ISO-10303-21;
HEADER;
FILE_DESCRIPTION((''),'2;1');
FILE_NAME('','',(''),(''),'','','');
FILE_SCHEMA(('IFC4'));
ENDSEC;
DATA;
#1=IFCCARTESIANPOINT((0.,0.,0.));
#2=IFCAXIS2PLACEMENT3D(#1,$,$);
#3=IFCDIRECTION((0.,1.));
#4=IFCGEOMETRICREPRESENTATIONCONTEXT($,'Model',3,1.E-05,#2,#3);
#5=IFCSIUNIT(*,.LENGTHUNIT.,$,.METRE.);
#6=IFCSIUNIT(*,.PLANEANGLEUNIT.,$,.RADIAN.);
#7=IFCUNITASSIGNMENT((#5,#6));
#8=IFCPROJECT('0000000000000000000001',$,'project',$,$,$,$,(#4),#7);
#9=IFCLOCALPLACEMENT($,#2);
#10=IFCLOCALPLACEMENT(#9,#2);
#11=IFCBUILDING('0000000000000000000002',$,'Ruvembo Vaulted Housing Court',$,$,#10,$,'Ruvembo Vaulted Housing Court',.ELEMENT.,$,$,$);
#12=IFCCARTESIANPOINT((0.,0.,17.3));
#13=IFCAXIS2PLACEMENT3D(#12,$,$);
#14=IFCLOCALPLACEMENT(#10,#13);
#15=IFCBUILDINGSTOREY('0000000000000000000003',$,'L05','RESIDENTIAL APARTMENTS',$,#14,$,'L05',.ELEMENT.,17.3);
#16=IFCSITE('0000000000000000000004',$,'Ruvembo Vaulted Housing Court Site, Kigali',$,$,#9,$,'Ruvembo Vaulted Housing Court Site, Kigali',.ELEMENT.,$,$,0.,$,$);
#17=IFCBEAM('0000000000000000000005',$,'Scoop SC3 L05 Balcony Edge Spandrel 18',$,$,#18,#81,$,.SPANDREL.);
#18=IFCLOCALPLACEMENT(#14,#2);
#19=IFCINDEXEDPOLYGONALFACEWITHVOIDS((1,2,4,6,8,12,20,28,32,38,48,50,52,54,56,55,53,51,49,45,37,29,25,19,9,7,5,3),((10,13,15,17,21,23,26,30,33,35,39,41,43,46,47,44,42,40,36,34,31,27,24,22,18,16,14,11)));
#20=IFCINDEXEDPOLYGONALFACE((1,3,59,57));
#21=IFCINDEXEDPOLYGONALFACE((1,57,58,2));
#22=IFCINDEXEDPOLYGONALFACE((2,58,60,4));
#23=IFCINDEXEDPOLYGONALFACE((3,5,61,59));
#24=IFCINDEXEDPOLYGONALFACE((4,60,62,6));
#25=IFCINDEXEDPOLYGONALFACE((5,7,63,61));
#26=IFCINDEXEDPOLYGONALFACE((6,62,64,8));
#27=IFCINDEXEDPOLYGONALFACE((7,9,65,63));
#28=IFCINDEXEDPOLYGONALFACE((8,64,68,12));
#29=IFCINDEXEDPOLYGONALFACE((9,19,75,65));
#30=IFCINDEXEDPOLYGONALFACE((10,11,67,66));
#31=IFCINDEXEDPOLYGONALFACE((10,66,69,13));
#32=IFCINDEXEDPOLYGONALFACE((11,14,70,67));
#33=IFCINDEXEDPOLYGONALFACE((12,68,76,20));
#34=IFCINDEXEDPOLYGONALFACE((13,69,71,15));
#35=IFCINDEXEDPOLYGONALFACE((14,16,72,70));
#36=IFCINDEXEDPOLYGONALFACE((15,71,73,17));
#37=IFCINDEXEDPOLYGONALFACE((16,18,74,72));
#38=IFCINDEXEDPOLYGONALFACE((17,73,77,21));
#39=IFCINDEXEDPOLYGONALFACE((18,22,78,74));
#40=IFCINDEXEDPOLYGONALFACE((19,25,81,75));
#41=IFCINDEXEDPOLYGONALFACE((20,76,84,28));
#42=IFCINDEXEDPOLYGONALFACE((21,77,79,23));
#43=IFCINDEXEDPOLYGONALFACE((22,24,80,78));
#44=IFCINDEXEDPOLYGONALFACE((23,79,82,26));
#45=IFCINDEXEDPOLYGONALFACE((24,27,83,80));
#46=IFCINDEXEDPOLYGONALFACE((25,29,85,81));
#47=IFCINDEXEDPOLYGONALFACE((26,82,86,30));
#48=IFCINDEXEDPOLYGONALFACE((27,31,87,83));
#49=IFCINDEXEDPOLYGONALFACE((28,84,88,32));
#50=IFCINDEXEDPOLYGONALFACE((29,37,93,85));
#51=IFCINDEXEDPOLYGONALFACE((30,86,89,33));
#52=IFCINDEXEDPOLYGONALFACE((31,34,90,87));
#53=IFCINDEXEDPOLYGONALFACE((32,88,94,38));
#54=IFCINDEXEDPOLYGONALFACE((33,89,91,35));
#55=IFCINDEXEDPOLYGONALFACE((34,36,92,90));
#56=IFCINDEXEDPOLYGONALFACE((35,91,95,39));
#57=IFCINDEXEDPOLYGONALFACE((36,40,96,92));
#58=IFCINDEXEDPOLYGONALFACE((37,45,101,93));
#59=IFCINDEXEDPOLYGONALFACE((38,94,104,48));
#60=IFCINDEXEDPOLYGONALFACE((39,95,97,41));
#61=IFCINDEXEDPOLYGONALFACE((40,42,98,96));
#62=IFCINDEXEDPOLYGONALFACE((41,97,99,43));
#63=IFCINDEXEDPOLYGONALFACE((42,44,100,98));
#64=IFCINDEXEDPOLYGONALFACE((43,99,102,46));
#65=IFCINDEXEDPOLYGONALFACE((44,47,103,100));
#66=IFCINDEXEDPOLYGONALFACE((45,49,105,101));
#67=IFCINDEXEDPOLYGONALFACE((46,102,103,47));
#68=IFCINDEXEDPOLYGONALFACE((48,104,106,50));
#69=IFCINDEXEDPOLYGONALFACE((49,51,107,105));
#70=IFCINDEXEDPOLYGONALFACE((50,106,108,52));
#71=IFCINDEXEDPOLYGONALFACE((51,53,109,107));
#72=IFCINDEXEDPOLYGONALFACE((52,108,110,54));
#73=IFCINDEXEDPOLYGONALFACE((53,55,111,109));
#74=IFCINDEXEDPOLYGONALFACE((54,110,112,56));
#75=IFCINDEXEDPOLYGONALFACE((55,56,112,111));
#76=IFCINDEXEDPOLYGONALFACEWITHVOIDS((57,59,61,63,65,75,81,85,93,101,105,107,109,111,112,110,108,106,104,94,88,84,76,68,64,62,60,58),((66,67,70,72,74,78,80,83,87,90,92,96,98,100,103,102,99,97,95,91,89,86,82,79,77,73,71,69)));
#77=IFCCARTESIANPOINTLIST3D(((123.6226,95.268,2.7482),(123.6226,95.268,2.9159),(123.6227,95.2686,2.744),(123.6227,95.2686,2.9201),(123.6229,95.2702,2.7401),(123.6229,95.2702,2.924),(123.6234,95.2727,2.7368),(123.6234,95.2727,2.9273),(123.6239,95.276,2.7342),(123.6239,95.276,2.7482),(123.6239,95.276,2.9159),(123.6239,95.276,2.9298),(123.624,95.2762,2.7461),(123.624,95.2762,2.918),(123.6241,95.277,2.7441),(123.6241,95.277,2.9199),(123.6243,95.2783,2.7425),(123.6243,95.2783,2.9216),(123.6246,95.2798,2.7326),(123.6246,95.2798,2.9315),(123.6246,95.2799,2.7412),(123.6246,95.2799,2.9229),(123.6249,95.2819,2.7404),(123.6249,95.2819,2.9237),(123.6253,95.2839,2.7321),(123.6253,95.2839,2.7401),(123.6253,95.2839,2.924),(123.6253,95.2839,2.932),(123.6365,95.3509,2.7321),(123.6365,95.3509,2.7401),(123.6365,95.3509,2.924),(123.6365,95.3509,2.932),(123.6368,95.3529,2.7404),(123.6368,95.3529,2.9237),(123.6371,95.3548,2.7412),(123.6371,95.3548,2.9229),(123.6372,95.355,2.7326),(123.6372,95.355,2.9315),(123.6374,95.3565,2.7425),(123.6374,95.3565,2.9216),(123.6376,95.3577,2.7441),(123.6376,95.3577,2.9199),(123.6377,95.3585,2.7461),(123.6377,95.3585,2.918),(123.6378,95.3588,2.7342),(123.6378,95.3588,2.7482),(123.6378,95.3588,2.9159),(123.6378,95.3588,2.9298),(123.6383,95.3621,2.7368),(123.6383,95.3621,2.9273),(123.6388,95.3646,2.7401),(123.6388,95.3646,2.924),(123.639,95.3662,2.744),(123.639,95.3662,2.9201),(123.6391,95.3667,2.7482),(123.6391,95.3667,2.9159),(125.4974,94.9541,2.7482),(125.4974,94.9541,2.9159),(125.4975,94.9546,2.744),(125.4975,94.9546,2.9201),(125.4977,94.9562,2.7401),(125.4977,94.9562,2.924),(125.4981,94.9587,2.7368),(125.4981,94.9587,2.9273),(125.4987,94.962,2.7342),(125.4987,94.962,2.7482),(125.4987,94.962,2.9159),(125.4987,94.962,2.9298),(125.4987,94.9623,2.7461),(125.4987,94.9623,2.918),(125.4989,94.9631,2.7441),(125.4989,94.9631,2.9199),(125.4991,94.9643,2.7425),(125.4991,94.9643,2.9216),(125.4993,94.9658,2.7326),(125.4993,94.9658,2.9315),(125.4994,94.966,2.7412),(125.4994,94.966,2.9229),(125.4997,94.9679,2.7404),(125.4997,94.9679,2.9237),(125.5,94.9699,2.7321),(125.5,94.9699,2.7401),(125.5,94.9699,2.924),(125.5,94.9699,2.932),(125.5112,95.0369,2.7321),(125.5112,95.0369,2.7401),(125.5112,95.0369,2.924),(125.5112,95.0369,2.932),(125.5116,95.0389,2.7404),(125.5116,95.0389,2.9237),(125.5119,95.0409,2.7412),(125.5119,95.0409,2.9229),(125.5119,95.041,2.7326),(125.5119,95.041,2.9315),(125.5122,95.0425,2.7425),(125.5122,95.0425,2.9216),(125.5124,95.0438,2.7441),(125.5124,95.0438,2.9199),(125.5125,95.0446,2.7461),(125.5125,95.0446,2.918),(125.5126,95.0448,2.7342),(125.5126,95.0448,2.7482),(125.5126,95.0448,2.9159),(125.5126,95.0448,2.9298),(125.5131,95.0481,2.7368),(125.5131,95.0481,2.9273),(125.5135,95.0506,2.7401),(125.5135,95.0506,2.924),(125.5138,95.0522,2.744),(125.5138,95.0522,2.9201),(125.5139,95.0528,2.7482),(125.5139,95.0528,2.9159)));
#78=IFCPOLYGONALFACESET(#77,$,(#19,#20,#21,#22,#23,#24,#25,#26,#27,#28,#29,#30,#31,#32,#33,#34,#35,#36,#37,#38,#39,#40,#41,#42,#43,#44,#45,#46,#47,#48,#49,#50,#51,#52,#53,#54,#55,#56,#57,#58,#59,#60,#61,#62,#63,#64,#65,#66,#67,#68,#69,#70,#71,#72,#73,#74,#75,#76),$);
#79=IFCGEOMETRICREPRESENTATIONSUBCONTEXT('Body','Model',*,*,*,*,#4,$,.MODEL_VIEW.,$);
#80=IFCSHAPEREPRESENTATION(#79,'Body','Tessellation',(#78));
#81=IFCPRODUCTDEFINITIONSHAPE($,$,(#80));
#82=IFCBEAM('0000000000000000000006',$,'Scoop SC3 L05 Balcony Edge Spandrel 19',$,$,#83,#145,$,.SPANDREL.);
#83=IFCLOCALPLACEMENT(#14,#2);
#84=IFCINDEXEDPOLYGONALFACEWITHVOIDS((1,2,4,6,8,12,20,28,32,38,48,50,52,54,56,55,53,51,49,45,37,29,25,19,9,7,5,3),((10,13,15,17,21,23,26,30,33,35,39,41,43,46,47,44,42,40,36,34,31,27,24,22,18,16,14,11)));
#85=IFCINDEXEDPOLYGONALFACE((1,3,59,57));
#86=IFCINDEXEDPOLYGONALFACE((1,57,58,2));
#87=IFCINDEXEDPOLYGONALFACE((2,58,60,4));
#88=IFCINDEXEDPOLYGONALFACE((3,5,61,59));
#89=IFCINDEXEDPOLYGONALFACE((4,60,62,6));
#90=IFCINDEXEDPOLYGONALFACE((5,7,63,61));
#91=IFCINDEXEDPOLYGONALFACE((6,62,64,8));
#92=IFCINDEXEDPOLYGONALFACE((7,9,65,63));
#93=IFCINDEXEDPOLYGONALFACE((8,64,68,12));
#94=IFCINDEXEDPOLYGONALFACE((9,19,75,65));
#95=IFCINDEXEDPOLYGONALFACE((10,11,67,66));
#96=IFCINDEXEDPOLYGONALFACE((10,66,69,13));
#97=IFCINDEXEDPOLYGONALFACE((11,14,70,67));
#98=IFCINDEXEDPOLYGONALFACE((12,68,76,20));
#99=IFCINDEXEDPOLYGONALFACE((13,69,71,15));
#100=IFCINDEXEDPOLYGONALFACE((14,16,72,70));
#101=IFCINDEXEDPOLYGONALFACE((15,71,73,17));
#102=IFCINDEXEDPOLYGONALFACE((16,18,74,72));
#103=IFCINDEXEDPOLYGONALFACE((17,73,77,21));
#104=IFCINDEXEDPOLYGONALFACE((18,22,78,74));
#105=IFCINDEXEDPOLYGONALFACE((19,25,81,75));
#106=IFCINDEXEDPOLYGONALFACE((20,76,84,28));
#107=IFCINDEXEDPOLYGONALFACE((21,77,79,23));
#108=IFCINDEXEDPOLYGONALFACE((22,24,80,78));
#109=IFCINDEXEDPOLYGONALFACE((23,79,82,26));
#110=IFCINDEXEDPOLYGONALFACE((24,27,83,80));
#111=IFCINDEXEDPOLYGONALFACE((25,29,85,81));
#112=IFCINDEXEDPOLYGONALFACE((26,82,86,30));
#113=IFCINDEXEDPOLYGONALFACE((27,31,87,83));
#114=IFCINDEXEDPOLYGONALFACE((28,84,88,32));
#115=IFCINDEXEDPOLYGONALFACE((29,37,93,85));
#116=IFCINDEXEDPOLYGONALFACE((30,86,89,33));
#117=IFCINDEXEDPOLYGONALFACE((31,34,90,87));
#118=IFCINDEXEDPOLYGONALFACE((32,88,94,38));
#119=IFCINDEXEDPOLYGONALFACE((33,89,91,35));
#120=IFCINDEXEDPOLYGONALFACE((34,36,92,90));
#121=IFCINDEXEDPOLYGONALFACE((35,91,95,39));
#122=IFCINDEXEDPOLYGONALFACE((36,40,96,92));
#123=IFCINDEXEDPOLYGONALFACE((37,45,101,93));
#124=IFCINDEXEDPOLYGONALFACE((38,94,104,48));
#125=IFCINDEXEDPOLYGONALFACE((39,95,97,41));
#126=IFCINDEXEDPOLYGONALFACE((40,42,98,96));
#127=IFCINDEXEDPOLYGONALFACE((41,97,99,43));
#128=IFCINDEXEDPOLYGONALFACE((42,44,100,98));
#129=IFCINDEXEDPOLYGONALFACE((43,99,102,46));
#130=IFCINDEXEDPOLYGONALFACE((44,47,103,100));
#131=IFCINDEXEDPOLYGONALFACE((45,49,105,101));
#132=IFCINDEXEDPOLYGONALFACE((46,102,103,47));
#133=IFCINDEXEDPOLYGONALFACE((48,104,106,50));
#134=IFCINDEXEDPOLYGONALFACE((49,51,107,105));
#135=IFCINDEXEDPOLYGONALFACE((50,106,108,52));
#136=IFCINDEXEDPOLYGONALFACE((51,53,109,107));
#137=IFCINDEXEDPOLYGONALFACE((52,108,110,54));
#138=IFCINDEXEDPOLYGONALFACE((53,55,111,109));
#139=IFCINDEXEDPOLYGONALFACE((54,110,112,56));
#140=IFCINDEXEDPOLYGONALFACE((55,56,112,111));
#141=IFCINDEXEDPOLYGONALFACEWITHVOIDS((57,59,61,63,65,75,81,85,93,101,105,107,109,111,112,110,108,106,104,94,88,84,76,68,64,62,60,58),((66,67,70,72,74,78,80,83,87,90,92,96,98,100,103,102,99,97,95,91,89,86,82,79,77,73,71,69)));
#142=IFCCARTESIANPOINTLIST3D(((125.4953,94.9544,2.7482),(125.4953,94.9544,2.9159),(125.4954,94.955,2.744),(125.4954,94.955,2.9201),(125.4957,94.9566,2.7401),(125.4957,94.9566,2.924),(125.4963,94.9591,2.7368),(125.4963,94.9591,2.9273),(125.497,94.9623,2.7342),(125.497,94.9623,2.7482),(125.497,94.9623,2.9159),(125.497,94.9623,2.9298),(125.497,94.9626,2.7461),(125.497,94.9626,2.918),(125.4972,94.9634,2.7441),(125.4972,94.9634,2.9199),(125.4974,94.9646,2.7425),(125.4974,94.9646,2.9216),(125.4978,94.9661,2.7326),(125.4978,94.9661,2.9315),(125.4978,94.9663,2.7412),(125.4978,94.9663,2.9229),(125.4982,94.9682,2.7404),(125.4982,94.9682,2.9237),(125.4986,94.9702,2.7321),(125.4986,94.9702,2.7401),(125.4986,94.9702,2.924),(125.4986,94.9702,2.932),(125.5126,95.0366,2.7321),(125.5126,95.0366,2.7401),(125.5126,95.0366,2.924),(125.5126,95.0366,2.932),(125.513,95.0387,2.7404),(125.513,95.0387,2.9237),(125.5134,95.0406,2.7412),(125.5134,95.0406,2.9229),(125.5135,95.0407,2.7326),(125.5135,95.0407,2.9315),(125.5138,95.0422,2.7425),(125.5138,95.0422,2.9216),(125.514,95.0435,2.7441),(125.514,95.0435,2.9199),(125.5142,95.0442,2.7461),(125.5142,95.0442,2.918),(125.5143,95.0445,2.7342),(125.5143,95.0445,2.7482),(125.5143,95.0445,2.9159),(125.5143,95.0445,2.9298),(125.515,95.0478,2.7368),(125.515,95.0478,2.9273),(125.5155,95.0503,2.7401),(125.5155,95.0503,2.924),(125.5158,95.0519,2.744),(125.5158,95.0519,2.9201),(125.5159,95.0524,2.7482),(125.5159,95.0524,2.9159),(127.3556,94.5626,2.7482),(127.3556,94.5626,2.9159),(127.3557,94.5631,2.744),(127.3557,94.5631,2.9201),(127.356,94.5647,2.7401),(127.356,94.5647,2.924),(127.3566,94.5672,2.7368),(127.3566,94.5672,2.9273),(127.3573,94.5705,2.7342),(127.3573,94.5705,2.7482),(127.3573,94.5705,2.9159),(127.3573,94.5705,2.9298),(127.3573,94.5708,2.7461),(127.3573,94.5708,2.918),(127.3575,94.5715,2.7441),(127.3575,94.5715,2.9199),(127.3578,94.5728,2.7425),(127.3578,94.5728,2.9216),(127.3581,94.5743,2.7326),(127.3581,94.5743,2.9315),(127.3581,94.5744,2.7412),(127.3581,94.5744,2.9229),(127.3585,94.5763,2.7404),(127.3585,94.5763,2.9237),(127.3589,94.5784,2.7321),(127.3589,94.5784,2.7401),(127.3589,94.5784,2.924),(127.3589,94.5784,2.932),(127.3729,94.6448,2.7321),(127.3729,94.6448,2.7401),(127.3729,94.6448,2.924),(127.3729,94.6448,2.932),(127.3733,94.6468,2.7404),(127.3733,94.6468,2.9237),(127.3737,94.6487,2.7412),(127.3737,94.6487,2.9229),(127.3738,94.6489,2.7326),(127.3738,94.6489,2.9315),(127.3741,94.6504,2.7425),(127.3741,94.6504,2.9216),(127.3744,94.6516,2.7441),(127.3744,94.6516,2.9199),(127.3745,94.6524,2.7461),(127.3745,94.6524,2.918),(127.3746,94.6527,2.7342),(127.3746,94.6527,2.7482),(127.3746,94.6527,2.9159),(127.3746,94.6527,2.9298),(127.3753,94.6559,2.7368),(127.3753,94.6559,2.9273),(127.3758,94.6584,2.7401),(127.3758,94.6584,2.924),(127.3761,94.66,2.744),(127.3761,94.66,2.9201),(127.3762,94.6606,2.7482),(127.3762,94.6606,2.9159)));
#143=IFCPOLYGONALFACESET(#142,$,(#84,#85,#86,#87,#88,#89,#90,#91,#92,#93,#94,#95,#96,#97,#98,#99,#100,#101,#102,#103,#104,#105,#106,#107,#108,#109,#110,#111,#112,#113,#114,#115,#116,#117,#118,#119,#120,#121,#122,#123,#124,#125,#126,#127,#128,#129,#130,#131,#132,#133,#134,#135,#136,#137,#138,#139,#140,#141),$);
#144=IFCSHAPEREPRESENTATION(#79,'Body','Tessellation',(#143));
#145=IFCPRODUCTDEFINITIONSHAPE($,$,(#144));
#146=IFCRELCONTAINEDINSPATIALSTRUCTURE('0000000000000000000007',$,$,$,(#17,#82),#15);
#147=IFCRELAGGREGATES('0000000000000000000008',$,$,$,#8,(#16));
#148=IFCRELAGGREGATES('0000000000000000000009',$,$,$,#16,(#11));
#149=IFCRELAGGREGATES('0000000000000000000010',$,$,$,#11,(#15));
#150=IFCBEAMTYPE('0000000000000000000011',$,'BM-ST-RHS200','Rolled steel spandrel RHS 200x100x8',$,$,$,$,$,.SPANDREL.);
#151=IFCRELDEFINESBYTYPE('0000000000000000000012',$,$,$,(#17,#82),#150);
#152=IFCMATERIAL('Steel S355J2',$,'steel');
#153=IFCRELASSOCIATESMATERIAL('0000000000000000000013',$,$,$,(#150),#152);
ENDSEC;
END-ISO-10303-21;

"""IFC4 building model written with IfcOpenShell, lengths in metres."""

from ifc_helpers import new_model, si_unit, direction, frame, origin, origin_2d, place, context, subcontext, project, spatial, hollow_rectangle, extrude, material, material_profile, profile_set, type_object, element, save


model = new_model("IFC4")

# Units and contexts
model_context = context("Model", 3, precision=1e-05, world=origin(), true_north=direction((0.0, 1.0)))
body_context = subcontext(model_context, "Body", "Model", "MODEL_VIEW")
ifc_project = project(units=[si_unit("LENGTHUNIT", "METRE"), si_unit("PLANEANGLEUNIT", "RADIAN")], contexts=[model_context])

# Site, building, storey
site_placement = place(None, origin())
site = spatial("IfcSite", under=ifc_project, at=site_placement, Name="Ruvembo Vaulted Housing Court Site, Kigali", LongName="Ruvembo Vaulted Housing Court Site, Kigali", CompositionType="ELEMENT", RefElevation=0.0)
building_placement = place(site_placement, origin())
building = spatial("IfcBuilding", under=site, at=building_placement, Name="Ruvembo Vaulted Housing Court", LongName="Ruvembo Vaulted Housing Court", CompositionType="ELEMENT")
storey_placement = place(building_placement, frame((0.0, 0.0, 17.3)))
storey = spatial("IfcBuildingStorey", under=building, at=storey_placement, Name="L05", Description="RESIDENTIAL APARTMENTS", LongName="L05", CompositionType="ELEMENT", Elevation=17.3)

# Beams
ifc_material_1 = material(Name="Steel S355J2", Category="steel")
ifc_material_profile_1 = material_profile(ifc_material_1, hollow_rectangle(XDim=0.1001, YDim=0.2, WallThickness=0.0081, InnerFilletRadius=0.0081, OuterFilletRadius=0.0161, at=origin_2d()), Name="RHS 200x100x8")
ifc_profile_set_1 = profile_set([ifc_material_profile_1], Name="Steel S355J2")
beam_type = type_object("IfcBeamType", Name="BM-ST-RHS200", Description="Rolled steel spandrel RHS 200x100x8", PredefinedType="SPANDREL", material=ifc_profile_set_1)
beam_1_placement = place(storey_placement, frame((123.6309, 95.3174, 2.832), z_axis=(0.986265, -0.16517, 0.0), x_axis=(0.16517, 0.986265, 0.0)))
element("IfcBeam", 1, at=beam_1_placement, inside=storey, type_object=beam_type, Name="Scoop SC3 L05 Balcony Edge Spandrel 18", PredefinedType="SPANDREL", context=body_context, shape_type="SweptSolid", body=[
    extrude(hollow_rectangle(XDim=0.1001, YDim=0.2, WallThickness=0.0081, InnerFilletRadius=0.0081, OuterFilletRadius=0.0161, at=origin_2d()), origin(), (0.0, 0.0, 1.0), 1.9009),
])
beam_2_placement = place(storey_placement, frame((125.5056, 95.0034, 2.832), z_axis=(0.978529, -0.206108, 0.0), x_axis=(0.206108, 0.978529, 0.0)))
element("IfcBeam", 2, at=beam_2_placement, inside=storey, type_object=beam_type, Name="Scoop SC3 L05 Balcony Edge Spandrel 19", PredefinedType="SPANDREL", context=body_context, shape_type="SweptSolid", body=[
    extrude(hollow_rectangle(XDim=0.1001, YDim=0.2, WallThickness=0.0081, InnerFilletRadius=0.0081, OuterFilletRadius=0.0161, at=origin_2d()), origin(), (0.0, 0.0, 1.0), 1.9011),
])

save(model, "model.ifc")
